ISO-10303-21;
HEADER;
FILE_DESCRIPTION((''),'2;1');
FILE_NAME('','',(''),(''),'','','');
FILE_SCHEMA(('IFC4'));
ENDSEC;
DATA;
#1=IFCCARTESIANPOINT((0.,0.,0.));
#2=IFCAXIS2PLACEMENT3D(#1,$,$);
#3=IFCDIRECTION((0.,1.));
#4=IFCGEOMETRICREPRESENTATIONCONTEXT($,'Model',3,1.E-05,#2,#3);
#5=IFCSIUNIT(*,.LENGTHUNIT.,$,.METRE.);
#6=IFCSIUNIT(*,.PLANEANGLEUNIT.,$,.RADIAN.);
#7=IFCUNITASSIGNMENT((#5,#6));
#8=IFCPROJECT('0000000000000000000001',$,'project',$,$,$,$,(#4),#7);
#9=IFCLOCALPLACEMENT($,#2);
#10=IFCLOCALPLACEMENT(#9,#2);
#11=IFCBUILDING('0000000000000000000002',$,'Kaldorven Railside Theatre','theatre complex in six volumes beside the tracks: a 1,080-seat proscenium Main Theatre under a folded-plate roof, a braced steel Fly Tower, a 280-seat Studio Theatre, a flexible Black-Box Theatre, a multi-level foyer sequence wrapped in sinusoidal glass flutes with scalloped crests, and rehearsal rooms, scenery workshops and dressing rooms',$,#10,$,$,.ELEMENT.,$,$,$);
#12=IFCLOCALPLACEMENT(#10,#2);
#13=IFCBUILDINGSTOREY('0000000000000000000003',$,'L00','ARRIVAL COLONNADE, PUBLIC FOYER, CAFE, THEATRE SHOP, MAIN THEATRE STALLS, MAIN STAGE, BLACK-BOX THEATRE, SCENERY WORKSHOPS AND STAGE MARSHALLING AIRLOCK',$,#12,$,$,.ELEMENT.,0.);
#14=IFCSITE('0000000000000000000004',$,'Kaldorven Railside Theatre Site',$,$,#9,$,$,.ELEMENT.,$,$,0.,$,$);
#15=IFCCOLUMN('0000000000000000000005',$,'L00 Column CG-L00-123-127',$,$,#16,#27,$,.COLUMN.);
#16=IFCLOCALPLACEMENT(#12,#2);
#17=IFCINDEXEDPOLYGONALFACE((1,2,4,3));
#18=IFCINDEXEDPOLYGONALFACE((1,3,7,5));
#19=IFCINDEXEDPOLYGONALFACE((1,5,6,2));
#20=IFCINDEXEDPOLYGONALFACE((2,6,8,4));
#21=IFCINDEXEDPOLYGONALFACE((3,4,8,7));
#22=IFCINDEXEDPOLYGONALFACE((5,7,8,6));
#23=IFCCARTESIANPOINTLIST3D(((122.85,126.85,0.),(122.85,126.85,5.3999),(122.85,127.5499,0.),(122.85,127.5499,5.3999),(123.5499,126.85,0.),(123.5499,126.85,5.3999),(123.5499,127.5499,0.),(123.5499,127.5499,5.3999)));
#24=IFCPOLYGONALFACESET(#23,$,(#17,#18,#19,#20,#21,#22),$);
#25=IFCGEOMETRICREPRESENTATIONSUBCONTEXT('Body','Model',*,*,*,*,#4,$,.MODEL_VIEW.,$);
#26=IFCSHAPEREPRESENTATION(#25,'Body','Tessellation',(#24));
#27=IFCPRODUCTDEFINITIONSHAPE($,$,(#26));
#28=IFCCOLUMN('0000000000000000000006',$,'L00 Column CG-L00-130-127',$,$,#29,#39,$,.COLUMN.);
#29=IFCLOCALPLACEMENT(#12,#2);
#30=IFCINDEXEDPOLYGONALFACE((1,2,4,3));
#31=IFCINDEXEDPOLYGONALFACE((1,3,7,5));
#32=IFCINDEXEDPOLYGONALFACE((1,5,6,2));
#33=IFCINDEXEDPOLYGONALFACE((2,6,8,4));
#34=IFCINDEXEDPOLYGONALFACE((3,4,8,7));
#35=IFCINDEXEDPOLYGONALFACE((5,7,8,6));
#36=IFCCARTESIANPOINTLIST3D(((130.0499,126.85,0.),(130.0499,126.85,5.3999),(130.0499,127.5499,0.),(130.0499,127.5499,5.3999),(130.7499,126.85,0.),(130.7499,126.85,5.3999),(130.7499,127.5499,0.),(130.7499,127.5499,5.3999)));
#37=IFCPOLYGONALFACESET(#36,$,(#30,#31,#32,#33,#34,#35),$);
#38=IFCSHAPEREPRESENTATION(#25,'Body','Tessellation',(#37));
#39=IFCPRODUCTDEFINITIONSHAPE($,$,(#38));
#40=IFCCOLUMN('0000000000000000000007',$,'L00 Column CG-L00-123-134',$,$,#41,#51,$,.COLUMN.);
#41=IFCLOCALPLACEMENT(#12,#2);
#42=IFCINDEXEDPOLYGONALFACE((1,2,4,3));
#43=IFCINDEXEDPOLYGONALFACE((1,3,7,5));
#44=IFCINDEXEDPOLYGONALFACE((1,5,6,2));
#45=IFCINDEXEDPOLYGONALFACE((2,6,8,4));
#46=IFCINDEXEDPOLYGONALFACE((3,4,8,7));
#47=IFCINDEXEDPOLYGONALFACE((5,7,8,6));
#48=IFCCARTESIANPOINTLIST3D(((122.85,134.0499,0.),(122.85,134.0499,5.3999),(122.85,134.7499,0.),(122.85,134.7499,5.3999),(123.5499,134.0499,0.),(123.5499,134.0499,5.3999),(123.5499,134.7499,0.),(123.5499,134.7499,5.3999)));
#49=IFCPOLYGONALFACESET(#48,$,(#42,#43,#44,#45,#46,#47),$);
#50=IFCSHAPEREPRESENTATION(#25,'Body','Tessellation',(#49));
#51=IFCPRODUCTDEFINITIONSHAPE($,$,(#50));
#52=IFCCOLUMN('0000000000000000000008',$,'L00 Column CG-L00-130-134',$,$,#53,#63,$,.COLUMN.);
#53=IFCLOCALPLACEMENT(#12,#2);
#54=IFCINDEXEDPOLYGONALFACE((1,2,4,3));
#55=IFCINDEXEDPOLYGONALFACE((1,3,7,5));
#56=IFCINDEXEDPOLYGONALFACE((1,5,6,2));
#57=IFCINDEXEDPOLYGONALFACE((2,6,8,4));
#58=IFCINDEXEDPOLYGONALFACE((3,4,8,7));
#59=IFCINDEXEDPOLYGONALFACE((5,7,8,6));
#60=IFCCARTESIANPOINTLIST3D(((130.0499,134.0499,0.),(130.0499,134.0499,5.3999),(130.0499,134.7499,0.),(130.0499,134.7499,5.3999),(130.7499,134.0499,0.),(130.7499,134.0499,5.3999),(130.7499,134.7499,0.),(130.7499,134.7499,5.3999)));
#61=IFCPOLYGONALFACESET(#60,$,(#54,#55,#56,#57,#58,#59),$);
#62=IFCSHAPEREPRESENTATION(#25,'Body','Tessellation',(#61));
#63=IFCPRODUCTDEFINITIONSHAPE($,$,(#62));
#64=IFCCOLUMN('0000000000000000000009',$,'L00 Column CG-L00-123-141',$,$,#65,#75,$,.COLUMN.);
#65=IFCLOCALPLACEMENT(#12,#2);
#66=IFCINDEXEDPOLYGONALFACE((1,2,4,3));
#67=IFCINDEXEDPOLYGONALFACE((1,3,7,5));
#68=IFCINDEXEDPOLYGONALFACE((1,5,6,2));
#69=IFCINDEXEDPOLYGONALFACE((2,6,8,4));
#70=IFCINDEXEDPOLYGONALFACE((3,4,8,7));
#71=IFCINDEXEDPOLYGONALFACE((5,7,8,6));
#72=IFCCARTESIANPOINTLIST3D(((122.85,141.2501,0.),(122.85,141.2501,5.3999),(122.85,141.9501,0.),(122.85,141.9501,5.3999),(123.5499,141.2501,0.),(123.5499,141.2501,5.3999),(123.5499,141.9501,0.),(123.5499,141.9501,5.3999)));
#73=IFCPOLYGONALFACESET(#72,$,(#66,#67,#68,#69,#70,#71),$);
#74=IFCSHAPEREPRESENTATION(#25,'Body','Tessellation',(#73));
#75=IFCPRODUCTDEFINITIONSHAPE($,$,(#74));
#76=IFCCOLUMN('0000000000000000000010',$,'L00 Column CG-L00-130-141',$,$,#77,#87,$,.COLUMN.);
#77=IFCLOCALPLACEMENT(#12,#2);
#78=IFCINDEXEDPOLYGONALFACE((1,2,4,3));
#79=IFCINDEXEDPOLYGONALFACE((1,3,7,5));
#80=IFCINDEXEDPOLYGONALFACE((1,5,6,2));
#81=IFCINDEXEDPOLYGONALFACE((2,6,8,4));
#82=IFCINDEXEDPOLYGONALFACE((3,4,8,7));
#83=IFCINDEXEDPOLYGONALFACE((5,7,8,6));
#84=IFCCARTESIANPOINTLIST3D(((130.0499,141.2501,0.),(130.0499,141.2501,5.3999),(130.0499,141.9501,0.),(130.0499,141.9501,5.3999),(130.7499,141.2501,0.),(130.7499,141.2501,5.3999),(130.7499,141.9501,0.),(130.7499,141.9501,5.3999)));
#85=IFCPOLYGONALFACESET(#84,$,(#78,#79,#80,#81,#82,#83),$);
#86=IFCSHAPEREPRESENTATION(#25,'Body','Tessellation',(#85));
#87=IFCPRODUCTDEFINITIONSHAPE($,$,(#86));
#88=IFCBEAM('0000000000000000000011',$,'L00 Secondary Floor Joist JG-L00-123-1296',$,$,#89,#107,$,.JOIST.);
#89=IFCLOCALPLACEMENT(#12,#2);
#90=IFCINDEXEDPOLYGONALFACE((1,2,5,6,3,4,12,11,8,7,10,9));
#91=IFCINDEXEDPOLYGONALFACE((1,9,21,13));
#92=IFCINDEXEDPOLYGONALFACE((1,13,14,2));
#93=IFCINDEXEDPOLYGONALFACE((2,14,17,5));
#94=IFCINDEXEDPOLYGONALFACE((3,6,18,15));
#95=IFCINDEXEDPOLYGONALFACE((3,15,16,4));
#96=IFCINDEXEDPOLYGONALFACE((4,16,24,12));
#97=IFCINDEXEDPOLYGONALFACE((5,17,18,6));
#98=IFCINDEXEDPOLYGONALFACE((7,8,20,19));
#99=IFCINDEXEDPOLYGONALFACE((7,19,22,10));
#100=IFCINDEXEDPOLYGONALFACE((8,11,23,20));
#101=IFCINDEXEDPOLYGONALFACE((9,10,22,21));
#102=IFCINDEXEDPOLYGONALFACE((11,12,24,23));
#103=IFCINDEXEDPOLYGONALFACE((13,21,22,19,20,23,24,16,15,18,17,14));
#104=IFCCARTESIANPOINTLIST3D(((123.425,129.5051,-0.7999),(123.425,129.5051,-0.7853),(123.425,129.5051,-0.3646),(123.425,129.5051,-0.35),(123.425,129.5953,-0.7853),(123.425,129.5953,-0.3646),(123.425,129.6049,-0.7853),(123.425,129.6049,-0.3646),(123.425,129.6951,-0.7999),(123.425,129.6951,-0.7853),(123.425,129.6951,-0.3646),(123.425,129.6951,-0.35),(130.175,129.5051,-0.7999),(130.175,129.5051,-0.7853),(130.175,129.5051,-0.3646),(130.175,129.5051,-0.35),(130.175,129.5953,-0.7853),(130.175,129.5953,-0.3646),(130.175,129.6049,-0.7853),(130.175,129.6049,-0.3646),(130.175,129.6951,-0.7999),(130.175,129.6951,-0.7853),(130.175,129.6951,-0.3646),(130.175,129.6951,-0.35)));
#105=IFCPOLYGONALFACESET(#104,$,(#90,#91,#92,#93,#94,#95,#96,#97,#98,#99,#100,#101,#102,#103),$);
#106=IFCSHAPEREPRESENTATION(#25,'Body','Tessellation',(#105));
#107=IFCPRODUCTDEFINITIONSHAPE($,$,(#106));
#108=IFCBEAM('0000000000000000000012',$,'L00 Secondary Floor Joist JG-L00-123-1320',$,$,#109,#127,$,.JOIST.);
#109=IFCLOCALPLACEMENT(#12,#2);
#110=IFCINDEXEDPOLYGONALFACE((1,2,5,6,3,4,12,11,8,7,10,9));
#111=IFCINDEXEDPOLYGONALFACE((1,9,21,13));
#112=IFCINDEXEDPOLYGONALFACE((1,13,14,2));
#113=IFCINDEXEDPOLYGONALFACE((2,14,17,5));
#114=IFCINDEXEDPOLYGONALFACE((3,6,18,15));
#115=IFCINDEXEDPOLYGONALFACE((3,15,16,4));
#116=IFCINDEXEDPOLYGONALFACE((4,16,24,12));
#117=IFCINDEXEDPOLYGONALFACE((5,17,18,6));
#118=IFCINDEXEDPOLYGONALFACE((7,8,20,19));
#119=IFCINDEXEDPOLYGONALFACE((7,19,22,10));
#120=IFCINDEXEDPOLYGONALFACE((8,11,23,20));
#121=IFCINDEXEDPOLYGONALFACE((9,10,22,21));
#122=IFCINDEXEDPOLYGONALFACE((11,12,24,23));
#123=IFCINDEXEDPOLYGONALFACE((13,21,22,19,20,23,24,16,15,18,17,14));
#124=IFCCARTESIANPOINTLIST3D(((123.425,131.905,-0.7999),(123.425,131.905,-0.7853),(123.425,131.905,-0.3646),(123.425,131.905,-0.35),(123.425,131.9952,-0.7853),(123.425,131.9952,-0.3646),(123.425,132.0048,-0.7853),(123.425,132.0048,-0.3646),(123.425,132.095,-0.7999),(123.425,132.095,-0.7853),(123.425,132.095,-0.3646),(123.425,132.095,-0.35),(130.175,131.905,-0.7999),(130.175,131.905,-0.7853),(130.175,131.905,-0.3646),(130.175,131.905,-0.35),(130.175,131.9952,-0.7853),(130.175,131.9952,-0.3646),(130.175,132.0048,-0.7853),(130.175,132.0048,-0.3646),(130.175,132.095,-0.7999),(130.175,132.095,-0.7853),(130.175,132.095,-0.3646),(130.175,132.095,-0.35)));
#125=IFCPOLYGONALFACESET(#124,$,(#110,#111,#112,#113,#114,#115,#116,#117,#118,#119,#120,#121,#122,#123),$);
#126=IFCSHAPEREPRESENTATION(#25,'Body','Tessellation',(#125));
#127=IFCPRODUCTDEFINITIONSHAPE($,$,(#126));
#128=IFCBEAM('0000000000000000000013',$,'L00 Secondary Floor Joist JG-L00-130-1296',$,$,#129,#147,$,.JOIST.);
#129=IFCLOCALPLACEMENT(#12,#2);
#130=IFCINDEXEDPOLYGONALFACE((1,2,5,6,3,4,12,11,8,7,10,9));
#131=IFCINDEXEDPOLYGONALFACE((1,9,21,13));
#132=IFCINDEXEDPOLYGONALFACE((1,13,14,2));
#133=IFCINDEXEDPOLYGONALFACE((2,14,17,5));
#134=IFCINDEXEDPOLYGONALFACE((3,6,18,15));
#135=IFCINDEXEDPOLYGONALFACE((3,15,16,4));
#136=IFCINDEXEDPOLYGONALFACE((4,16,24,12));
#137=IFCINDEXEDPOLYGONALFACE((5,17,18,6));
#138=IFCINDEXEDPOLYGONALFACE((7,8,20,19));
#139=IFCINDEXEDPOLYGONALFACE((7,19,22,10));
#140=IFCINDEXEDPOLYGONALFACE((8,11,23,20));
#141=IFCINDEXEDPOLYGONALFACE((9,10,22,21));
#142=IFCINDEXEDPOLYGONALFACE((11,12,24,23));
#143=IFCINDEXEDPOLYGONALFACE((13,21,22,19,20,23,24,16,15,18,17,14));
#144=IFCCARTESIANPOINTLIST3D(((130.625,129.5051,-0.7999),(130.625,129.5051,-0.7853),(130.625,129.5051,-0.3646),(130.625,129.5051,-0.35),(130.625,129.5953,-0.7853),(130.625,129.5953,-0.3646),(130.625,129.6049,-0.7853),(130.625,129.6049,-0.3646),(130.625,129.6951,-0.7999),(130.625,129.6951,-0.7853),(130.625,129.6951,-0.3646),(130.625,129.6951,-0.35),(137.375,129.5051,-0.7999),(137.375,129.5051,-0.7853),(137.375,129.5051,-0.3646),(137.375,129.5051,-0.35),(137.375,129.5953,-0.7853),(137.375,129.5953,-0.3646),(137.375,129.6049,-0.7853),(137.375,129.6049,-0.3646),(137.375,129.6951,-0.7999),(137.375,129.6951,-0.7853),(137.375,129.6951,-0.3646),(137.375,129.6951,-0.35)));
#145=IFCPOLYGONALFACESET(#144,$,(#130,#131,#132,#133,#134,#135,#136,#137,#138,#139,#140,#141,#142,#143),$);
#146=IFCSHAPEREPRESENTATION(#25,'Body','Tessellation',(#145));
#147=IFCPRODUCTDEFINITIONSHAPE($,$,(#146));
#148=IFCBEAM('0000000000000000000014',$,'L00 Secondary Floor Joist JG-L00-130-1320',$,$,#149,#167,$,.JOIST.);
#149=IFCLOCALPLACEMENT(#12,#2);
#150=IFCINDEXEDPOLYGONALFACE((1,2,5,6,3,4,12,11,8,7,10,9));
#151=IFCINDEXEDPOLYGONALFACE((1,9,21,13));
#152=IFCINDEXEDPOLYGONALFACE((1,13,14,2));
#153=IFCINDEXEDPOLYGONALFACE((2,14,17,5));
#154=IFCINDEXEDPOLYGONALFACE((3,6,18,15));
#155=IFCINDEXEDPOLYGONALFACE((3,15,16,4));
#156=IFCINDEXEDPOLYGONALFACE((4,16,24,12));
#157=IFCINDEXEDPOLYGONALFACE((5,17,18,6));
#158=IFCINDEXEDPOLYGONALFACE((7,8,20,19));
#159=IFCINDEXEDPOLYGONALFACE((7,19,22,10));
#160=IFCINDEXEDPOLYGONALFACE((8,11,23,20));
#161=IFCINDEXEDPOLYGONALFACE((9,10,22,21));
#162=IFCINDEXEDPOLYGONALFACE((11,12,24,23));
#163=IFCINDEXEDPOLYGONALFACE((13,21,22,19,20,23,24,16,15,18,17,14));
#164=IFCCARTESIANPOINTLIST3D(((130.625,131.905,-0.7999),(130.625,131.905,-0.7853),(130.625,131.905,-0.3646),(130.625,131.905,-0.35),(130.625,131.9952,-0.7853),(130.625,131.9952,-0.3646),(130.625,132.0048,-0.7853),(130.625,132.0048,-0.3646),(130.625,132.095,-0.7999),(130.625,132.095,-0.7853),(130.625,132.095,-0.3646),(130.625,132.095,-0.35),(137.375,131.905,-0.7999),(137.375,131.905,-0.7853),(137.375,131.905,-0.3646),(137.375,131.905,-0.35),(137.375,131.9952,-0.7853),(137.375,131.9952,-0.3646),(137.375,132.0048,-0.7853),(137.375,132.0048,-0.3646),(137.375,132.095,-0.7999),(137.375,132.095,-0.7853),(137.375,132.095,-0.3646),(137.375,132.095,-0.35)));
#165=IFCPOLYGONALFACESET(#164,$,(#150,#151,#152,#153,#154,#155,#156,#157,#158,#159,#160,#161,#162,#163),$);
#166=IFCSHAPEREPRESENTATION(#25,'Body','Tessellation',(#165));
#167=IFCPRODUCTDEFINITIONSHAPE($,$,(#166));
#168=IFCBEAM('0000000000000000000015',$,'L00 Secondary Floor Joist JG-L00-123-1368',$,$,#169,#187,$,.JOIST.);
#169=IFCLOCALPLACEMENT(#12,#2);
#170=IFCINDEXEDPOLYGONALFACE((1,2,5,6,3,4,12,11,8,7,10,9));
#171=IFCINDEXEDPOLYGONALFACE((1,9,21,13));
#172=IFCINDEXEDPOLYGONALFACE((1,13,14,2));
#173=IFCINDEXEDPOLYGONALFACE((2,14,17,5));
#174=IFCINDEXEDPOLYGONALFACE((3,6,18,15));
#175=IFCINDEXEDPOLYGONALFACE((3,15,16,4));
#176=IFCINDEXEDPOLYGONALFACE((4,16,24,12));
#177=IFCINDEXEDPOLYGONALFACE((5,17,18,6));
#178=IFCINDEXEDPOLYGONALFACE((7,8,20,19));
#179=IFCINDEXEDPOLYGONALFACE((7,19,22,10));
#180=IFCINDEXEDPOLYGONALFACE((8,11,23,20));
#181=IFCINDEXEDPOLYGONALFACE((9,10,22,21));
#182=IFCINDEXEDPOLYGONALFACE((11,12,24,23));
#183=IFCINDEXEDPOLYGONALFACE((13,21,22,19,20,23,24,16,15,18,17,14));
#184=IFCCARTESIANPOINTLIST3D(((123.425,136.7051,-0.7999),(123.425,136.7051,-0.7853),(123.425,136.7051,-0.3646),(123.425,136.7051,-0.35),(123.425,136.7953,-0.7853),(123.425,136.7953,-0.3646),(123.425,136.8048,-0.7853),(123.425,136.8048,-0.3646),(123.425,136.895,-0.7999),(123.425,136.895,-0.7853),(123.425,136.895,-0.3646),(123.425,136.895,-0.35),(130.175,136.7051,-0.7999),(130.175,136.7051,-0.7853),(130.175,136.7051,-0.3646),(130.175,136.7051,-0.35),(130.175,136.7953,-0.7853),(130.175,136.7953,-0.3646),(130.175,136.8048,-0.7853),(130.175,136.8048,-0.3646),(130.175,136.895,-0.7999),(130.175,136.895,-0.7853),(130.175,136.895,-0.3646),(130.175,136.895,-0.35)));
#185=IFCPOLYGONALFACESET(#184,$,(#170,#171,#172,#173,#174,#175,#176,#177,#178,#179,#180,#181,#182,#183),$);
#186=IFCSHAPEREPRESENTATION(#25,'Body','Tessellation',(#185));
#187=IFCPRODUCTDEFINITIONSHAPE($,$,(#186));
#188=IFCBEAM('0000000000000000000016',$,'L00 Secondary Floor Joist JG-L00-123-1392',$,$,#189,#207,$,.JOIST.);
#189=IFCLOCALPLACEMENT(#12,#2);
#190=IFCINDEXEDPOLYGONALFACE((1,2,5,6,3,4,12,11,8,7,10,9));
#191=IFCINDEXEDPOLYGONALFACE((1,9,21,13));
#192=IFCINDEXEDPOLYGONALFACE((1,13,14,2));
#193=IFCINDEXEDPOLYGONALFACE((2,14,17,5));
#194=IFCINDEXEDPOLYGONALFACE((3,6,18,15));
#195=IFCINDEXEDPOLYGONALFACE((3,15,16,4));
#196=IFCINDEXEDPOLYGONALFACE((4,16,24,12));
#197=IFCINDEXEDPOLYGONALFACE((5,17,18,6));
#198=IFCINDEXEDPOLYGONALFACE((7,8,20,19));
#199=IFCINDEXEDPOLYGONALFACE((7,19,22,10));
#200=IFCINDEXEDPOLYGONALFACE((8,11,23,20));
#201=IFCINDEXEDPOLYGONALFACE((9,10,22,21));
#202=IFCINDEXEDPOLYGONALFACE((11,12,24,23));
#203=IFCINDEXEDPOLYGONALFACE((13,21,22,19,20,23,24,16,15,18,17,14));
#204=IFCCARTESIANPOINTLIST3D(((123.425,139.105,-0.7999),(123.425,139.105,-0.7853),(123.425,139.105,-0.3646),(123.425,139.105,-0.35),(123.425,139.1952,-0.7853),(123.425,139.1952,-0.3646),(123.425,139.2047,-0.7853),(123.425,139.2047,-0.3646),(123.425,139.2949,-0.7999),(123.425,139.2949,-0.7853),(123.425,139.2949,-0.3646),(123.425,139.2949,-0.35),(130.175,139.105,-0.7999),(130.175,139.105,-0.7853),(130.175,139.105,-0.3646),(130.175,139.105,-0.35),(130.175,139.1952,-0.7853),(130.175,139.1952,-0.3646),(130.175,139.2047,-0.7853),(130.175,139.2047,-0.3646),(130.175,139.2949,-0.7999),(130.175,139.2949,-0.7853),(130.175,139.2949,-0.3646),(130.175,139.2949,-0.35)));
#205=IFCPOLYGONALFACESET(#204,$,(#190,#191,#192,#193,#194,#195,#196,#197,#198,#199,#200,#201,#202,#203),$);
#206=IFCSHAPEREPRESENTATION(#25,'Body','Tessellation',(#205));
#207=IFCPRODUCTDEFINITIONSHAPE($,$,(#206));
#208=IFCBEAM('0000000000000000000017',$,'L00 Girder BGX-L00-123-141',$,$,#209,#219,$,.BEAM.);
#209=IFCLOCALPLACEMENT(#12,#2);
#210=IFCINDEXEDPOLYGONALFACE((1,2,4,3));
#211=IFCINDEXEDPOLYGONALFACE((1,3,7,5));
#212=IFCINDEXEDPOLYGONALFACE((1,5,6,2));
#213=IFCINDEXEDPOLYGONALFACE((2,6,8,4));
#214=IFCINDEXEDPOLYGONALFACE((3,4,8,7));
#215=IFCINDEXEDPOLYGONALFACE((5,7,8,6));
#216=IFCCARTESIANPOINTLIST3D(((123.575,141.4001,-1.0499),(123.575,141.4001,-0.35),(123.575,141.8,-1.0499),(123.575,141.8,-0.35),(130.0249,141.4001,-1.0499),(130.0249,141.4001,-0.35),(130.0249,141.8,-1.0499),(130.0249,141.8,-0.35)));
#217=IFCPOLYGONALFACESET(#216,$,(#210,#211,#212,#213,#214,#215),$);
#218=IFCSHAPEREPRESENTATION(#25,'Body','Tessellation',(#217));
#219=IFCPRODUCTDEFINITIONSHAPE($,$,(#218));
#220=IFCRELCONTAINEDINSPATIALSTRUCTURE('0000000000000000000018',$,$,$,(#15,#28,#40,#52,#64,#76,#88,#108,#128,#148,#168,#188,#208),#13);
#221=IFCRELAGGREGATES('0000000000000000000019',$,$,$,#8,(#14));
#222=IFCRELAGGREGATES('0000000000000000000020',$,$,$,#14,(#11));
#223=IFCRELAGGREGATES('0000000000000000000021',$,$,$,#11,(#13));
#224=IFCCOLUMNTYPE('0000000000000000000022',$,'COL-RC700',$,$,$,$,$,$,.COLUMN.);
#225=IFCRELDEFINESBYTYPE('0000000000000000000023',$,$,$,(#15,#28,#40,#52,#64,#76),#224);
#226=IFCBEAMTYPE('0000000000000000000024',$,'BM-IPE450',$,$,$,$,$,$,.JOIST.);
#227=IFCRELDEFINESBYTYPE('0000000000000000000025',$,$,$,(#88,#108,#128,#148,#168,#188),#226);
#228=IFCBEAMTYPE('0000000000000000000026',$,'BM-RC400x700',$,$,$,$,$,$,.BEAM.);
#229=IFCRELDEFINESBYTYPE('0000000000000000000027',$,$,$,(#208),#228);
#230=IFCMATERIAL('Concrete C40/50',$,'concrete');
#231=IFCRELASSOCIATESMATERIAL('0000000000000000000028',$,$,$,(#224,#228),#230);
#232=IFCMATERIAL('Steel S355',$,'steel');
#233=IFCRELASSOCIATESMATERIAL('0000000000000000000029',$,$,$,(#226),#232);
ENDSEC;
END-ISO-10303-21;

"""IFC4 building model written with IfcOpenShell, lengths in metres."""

from ifc_helpers import new_model, si_unit, direction, frame, origin, origin_2d, place, context, subcontext, project, spatial, rectangle, i_section, extrude, material, material_profile, profile_set, type_object, element, save


model = new_model("IFC4")

# Units and contexts
model_context = context("Model", 3, precision=1e-05, world=origin(), true_north=direction((0.0, 1.0)))
body_context = subcontext(model_context, "Body", "Model", "MODEL_VIEW")
ifc_project = project(units=[si_unit("LENGTHUNIT", "METRE"), si_unit("PLANEANGLEUNIT", "RADIAN")], contexts=[model_context])

# Site, building, storey
site_placement = place(None, origin())
site = spatial("IfcSite", under=ifc_project, at=site_placement, Name="Kaldorven Railside Theatre Site", CompositionType="ELEMENT", RefElevation=0.0)
building_placement = place(site_placement, origin())
building = spatial("IfcBuilding", under=site, at=building_placement, Name="Kaldorven Railside Theatre", Description="theatre complex in six volumes beside the tracks: a 1,080-seat proscenium Main Theatre under a folded-plate roof, a braced steel Fly Tower, a 280-seat Studio Theatre, a flexible Black-Box Theatre, a multi-level foyer sequence wrapped in sinusoidal glass flutes with scalloped crests, and rehearsal rooms, scenery workshops and dressing rooms", CompositionType="ELEMENT")
storey_placement = place(building_placement, origin())
storey = spatial("IfcBuildingStorey", under=building, at=storey_placement, Name="L00", Description="ARRIVAL COLONNADE, PUBLIC FOYER, CAFE, THEATRE SHOP, MAIN THEATRE STALLS, MAIN STAGE, BLACK-BOX THEATRE, SCENERY WORKSHOPS AND STAGE MARSHALLING AIRLOCK", CompositionType="ELEMENT", Elevation=0.0)

# Columns
ifc_material_1 = material(Name="Concrete C40/50", Category="concrete")
ifc_material_profile_1 = material_profile(ifc_material_1, rectangle(XDim=0.7, YDim=0.7, at=origin_2d()), Name="RC 700x700")
ifc_profile_set_1 = profile_set([ifc_material_profile_1], Name="Concrete C40/50")
column_type = type_object("IfcColumnType", Name="COL-RC700", PredefinedType="COLUMN", material=ifc_profile_set_1)
for number, where, z_axis, x_axis, name in (
    (1, (123.2, 127.2, 0.0), (0.0, 0.0, 1.0), (1.0, 0.0, 0.0), "L00 Column CG-L00-123-127"),
    (2, (130.3999, 127.2, 0.0), (0.0, 0.0, 1.0), (0.0, 1.0, 0.0), "L00 Column CG-L00-130-127"),
    (3, (123.2, 134.3999, 0.0), (0.0, 0.0, 1.0), (0.0, 1.0, 0.0), "L00 Column CG-L00-123-134"),
    (4, (130.3999, 134.3999, 0.0), (0.0, 0.0, 1.0), (1.0, 0.0, 0.0), "L00 Column CG-L00-130-134"),
    (5, (123.2, 141.6001, 0.0), (0.0, 0.0, 1.0), (1.0, 0.0, 0.0), "L00 Column CG-L00-123-141"),
    (6, (130.3999, 141.6001, 0.0), (0.0, 0.0, 1.0), (1.0, 0.0, 0.0), "L00 Column CG-L00-130-141"),
):
    element("IfcColumn", number, at=place(storey_placement, frame(where, z_axis=z_axis, x_axis=x_axis)), inside=storey, type_object=column_type, Name=name, PredefinedType="COLUMN", context=body_context, shape_type="SweptSolid", body=[
        extrude(rectangle(XDim=0.7, YDim=0.7, at=origin_2d()), origin(), (0.0, 0.0, 1.0), 5.3999),
    ])

# Beams
ifc_material_2 = material(Name="Steel S355", Category="steel")
ifc_material_profile_2 = material_profile(ifc_material_2, i_section(OverallWidth=0.1899, OverallDepth=0.45, WebThickness=0.0095, FlangeThickness=0.0146, at=origin_2d()), Name="IPE 450")
ifc_profile_set_2 = profile_set([ifc_material_profile_2], Name="Steel S355")
beam_type_1 = type_object("IfcBeamType", Name="BM-IPE450", PredefinedType="JOIST", material=ifc_profile_set_2)
for number, where, z_axis, x_axis, name in (
    (7, (123.425, 129.6001, -0.575), (1.0, 0.0, 0.0), (0.0, 1.0, 0.0), "L00 Secondary Floor Joist JG-L00-123-1296"),
    (8, (123.425, 132.0, -0.575), (1.0, 0.0, 0.0), (0.0, 1.0, 0.0), "L00 Secondary Floor Joist JG-L00-123-1320"),
    (9, (130.625, 129.6001, -0.575), (1.0, 0.0, 0.0), (0.0, 1.0, 0.0), "L00 Secondary Floor Joist JG-L00-130-1296"),
    (10, (130.625, 132.0, -0.575), (1.0, 0.0, 0.0), (0.0, 1.0, 0.0), "L00 Secondary Floor Joist JG-L00-130-1320"),
    (11, (123.425, 136.8, -0.575), (1.0, 0.0, 0.0), (0.0, 1.0, 0.0), "L00 Secondary Floor Joist JG-L00-123-1368"),
    (12, (123.425, 139.2, -0.575), (1.0, 0.0, 0.0), (0.0, 1.0, 0.0), "L00 Secondary Floor Joist JG-L00-123-1392"),
):
    element("IfcBeam", number, at=place(storey_placement, frame(where, z_axis=z_axis, x_axis=x_axis)), inside=storey, type_object=beam_type_1, Name=name, PredefinedType="JOIST", context=body_context, shape_type="SweptSolid", body=[
        extrude(i_section(OverallWidth=0.1899, OverallDepth=0.45, WebThickness=0.0095, FlangeThickness=0.0146, at=origin_2d()), origin(), (0.0, 0.0, 1.0), 6.75),
    ])
ifc_material_profile_3 = material_profile(ifc_material_1, rectangle(XDim=0.3999, YDim=0.7, at=origin_2d()), Name="RC 400x700")
ifc_profile_set_3 = profile_set([ifc_material_profile_3], Name="Concrete C40/50")
beam_type_2 = type_object("IfcBeamType", Name="BM-RC400x700", PredefinedType="BEAM", material=ifc_profile_set_3)
beam_placement = place(storey_placement, frame((123.575, 141.6001, -0.7), z_axis=(1.0, 0.0, 0.0), x_axis=(0.0, 1.0, 0.0)))
element("IfcBeam", 13, at=beam_placement, inside=storey, type_object=beam_type_2, Name="L00 Girder BGX-L00-123-141", PredefinedType="BEAM", context=body_context, shape_type="SweptSolid", body=[
    extrude(rectangle(XDim=0.3999, YDim=0.7, at=origin_2d()), origin(), (0.0, 0.0, 1.0), 6.45),
])

save(model, "model.ifc")
